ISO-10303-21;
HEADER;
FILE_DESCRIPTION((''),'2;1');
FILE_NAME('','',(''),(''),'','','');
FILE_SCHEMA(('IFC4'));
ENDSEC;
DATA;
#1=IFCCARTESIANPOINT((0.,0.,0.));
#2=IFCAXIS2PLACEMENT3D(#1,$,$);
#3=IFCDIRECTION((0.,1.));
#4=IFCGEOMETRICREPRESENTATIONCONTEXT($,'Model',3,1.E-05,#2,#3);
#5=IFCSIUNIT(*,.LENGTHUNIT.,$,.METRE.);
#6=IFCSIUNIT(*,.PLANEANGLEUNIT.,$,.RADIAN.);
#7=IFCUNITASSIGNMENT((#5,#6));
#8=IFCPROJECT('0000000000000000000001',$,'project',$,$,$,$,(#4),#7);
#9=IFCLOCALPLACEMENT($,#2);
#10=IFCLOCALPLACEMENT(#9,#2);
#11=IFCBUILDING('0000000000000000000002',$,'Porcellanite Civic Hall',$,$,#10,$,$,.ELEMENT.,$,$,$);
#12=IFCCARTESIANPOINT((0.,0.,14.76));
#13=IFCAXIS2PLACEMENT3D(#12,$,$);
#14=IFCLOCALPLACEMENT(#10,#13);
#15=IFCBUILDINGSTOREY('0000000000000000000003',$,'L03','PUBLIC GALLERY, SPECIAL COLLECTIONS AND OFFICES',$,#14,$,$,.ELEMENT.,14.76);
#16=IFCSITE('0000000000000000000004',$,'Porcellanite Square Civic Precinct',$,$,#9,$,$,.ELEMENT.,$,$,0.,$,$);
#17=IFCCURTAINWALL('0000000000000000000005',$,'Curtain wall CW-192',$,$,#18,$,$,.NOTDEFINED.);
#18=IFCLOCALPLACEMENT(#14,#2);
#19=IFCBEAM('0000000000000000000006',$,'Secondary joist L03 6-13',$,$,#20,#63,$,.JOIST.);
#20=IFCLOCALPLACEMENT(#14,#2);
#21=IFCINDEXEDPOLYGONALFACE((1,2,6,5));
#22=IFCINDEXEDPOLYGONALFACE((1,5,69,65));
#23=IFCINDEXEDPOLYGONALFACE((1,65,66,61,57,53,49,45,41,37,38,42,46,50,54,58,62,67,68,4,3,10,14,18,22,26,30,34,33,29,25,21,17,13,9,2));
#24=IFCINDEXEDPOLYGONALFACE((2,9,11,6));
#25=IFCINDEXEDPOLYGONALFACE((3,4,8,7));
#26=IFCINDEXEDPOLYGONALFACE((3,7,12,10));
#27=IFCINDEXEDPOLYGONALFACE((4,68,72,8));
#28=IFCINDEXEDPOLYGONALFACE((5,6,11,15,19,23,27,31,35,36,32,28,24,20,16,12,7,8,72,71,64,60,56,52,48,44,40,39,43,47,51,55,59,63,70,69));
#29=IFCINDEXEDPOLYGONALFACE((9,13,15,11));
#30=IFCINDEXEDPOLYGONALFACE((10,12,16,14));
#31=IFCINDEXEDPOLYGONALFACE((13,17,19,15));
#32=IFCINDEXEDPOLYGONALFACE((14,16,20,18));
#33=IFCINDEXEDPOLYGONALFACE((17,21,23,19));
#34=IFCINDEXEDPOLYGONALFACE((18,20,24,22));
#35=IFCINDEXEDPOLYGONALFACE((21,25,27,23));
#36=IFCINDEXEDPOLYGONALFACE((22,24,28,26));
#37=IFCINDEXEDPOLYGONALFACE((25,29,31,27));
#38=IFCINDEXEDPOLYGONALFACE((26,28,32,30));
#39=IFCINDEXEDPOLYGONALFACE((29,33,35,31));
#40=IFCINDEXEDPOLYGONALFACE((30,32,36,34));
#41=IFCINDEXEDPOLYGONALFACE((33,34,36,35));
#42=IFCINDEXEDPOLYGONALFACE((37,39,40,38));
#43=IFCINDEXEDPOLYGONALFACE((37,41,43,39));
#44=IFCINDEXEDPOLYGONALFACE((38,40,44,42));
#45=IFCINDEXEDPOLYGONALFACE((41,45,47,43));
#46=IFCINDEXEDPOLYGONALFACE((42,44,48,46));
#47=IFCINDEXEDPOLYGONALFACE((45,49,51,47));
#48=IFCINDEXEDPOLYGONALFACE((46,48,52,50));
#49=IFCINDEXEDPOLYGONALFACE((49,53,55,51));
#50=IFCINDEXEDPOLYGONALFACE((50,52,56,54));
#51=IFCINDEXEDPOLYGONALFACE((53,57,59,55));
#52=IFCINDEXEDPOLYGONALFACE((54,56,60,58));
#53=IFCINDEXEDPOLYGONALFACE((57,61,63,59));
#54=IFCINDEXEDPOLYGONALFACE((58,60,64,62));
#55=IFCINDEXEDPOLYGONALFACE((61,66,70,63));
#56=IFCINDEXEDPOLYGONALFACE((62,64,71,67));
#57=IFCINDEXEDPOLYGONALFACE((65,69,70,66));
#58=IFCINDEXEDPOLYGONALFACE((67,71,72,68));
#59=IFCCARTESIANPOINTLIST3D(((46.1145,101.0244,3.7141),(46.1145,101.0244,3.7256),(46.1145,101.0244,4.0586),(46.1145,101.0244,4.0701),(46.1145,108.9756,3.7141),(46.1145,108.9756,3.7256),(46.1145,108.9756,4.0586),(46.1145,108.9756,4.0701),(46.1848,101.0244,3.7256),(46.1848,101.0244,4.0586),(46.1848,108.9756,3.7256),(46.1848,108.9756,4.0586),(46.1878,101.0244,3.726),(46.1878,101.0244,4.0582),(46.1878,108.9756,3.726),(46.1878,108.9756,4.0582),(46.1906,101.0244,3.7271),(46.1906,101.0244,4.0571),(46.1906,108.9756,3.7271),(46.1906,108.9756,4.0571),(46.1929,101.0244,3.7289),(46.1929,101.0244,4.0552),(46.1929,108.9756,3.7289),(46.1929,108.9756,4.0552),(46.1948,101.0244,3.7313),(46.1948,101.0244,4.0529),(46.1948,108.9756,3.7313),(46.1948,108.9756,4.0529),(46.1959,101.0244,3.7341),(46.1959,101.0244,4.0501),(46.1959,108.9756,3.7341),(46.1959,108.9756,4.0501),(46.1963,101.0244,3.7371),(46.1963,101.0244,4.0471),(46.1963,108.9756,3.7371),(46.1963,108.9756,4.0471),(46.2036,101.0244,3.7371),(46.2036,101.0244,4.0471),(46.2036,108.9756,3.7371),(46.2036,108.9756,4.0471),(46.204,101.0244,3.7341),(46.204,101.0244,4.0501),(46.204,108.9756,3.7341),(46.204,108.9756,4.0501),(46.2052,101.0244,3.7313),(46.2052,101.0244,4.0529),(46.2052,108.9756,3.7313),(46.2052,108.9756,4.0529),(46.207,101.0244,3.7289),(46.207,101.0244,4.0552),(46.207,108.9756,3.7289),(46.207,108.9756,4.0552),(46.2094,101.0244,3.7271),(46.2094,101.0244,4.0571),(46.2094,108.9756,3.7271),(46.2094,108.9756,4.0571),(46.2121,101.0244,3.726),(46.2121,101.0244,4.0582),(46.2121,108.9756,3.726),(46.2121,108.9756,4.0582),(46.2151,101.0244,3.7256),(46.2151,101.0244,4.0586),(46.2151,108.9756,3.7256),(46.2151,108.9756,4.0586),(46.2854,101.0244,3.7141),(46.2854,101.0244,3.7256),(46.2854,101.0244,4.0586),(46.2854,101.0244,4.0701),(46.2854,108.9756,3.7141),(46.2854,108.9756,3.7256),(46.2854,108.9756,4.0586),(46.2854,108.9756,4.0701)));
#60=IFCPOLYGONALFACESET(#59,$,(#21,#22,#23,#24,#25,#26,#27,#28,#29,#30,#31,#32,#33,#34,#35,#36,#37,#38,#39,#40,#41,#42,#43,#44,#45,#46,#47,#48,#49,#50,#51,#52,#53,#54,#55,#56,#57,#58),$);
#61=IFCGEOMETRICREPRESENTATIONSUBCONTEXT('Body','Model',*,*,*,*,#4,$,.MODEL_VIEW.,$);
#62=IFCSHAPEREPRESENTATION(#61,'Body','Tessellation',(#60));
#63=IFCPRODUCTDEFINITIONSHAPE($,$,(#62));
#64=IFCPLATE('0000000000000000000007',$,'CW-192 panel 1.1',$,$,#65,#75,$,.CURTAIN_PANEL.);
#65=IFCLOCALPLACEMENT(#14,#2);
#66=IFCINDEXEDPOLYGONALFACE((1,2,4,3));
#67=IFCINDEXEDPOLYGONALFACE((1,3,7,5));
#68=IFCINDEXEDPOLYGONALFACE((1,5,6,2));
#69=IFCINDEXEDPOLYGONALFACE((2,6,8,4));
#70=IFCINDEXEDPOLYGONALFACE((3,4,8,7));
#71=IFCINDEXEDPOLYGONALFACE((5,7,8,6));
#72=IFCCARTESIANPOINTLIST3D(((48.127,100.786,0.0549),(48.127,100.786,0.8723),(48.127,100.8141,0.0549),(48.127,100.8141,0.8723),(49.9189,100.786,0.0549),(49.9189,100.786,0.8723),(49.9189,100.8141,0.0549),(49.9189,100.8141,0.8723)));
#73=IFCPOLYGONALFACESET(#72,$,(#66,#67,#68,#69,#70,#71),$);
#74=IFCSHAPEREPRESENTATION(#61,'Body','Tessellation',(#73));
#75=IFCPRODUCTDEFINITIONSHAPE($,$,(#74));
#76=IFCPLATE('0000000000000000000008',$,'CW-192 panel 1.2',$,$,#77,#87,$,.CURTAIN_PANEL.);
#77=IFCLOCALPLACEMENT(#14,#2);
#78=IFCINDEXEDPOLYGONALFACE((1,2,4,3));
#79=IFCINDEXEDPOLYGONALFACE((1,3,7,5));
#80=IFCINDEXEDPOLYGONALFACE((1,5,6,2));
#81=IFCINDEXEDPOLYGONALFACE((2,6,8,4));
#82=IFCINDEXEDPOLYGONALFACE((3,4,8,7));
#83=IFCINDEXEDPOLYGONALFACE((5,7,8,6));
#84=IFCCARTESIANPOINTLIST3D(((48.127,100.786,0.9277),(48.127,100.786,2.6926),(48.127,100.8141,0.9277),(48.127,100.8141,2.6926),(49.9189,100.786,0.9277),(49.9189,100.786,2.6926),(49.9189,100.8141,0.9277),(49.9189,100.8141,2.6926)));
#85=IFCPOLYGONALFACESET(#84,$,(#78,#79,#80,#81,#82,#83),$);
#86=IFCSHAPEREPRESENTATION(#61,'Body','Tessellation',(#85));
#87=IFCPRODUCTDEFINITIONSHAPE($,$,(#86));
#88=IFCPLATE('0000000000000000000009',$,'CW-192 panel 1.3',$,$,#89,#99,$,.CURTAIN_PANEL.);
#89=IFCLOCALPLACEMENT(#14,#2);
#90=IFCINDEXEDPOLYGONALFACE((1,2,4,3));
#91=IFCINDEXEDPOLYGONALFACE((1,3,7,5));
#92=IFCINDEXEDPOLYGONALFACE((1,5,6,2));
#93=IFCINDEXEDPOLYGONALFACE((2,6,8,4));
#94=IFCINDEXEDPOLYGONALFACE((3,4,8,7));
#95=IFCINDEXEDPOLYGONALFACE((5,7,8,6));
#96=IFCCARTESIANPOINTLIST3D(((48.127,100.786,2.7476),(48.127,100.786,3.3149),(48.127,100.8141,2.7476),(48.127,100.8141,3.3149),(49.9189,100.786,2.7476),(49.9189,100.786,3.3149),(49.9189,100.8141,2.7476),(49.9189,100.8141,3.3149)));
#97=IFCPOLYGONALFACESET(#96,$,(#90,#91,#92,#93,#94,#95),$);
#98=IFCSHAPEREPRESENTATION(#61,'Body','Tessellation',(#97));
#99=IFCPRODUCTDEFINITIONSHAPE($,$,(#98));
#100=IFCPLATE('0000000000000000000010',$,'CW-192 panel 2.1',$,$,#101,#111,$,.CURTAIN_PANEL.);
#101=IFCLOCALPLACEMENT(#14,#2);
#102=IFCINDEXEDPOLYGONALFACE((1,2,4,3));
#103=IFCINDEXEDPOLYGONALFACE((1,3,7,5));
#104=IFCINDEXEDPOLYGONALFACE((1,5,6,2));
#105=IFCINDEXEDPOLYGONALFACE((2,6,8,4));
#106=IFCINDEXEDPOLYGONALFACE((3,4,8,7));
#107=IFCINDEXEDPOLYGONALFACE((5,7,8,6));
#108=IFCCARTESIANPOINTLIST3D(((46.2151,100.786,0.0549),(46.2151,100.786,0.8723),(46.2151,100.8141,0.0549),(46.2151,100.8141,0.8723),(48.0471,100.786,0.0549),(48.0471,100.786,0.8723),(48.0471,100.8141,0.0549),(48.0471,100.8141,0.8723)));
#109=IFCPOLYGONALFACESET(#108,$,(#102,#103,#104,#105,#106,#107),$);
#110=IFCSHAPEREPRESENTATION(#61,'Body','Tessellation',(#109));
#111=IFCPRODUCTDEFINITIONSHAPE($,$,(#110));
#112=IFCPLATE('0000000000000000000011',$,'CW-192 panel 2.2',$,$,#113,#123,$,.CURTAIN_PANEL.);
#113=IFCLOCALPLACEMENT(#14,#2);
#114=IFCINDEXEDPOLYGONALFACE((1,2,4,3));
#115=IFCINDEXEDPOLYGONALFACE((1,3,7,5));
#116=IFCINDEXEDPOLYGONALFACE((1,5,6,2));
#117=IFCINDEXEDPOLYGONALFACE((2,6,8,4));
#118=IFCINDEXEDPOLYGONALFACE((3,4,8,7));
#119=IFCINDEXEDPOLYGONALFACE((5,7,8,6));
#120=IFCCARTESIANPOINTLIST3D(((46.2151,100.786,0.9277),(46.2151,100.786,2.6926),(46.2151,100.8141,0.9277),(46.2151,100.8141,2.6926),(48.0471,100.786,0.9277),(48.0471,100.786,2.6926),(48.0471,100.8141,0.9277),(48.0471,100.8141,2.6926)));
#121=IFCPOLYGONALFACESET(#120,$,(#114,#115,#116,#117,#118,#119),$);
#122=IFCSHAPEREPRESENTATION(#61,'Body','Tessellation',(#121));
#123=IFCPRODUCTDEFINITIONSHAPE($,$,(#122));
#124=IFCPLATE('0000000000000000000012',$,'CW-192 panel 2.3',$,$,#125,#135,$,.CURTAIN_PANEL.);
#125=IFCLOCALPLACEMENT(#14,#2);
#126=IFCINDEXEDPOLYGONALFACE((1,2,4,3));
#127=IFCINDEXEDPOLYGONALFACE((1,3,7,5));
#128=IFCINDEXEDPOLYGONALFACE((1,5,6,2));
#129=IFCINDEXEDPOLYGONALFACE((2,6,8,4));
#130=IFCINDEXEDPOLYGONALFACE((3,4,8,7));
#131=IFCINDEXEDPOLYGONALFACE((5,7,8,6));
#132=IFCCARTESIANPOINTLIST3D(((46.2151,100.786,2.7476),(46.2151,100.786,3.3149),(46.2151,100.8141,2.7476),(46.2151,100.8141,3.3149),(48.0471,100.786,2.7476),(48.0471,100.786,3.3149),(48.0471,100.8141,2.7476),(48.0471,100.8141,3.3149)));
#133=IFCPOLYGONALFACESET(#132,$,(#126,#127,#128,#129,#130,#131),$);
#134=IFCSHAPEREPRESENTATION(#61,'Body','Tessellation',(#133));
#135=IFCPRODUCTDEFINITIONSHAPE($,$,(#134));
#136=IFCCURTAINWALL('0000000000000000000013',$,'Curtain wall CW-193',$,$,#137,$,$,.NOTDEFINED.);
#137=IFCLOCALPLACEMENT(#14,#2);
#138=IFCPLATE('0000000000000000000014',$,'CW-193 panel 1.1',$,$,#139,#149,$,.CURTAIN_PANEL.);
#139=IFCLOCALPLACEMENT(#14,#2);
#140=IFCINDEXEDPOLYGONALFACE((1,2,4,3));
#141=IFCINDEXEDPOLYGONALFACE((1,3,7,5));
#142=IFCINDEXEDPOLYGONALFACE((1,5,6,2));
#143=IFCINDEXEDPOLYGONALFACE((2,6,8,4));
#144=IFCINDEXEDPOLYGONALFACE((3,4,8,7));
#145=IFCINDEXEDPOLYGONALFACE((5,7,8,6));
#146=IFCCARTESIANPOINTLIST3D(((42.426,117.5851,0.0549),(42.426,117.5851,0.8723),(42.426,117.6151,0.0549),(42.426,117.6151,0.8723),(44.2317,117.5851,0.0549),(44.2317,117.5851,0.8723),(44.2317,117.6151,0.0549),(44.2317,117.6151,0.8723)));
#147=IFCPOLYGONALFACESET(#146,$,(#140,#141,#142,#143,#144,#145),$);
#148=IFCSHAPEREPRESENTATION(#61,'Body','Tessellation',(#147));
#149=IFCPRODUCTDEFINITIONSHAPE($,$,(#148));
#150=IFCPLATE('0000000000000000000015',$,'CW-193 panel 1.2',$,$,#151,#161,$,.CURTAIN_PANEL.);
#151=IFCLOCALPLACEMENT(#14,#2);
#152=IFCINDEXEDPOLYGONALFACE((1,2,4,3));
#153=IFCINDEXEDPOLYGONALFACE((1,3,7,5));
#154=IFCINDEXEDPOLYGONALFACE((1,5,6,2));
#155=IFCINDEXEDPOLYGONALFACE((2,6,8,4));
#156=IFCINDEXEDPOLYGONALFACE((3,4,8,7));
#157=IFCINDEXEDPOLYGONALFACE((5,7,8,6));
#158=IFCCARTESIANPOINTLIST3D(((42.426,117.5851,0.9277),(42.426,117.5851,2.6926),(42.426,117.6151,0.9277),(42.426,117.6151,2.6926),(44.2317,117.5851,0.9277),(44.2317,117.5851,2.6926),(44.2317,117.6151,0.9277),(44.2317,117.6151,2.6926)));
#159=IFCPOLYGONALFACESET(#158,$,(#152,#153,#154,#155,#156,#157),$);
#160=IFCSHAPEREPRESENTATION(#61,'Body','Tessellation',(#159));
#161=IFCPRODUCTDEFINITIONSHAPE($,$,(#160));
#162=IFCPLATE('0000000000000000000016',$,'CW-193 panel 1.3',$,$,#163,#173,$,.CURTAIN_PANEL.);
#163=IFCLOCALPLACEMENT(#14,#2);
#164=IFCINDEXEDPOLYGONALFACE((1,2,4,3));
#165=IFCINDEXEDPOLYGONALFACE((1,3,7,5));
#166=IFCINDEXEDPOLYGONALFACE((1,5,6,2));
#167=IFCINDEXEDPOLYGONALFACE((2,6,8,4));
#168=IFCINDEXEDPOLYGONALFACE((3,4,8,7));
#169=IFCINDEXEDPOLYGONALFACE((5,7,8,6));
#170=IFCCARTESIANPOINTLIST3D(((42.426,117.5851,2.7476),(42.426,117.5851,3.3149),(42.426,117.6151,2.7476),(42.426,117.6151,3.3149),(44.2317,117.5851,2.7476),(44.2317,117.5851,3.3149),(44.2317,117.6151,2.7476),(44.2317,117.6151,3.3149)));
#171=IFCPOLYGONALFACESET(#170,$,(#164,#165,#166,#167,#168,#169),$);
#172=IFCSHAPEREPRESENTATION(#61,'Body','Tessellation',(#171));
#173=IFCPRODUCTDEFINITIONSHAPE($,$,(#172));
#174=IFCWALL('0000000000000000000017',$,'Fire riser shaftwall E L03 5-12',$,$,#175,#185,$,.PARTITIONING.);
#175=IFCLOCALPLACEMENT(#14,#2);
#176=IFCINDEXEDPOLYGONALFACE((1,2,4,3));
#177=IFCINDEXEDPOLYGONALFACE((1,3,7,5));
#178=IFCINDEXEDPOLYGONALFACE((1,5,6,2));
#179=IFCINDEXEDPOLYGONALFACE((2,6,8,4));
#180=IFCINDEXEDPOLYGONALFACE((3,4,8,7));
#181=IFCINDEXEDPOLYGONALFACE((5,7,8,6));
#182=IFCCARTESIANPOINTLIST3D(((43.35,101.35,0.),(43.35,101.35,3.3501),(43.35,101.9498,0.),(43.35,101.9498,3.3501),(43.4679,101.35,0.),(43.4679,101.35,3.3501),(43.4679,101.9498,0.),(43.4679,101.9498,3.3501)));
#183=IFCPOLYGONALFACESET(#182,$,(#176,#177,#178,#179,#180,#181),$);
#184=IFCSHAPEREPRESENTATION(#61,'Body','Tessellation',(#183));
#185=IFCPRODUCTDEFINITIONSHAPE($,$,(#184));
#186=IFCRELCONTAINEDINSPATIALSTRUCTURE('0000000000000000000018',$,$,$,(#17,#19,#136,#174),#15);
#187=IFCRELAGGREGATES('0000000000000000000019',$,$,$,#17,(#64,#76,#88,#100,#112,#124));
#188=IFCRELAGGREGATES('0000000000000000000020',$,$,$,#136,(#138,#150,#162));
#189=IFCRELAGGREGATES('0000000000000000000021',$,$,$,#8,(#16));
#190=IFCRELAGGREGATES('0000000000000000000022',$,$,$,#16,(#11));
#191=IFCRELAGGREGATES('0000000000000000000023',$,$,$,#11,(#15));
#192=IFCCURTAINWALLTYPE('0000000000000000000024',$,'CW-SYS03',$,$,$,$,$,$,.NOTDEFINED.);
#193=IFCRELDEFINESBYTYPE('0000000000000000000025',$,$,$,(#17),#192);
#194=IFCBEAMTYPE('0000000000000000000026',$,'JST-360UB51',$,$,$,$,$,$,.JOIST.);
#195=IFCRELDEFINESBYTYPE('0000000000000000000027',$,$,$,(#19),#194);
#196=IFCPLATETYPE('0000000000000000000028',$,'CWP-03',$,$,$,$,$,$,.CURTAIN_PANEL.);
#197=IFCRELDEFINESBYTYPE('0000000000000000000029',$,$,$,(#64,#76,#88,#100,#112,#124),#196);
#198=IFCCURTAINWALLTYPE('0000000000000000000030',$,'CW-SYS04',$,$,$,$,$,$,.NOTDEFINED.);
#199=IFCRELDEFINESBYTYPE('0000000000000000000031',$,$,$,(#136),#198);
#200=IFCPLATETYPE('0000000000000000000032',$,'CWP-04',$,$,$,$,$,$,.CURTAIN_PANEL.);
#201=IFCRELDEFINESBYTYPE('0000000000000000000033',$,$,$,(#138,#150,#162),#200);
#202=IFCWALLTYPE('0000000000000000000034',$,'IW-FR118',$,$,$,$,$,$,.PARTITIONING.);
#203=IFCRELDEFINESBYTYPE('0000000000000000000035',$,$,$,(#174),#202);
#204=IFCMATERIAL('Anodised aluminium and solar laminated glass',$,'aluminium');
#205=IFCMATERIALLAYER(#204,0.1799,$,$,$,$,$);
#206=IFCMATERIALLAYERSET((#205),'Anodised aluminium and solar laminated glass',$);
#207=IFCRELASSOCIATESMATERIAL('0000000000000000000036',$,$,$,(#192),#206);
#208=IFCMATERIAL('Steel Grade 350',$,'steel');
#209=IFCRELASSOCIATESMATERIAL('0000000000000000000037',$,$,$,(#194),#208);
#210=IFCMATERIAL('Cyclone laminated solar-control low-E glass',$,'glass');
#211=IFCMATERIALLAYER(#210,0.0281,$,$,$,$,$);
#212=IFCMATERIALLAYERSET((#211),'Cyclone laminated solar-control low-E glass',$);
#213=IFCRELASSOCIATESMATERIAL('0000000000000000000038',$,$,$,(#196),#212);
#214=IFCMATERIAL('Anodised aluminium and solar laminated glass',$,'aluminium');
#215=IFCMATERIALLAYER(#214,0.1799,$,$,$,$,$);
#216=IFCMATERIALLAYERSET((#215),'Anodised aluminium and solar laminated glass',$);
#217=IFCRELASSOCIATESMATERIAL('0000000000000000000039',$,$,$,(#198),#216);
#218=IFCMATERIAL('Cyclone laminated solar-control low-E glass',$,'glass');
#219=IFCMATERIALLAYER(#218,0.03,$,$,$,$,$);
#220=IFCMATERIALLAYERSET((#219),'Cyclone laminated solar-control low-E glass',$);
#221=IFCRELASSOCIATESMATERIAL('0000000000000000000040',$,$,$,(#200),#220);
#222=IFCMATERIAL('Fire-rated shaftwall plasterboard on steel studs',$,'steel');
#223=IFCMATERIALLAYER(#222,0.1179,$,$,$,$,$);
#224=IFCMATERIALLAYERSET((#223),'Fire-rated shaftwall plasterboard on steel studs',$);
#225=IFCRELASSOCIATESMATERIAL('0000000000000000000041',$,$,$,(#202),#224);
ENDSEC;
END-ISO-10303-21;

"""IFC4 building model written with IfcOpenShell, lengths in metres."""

from ifc_helpers import new_model, si_unit, direction, frame, frame_2d, origin, origin_2d, place, context, subcontext, project, spatial, rectangle, i_section, extrude, material, layer, layer_set, material_profile, profile_set, type_object, element, aggregate, save


model = new_model("IFC4")

# Units and contexts
model_context = context("Model", 3, precision=1e-05, world=origin(), true_north=direction((0.0, 1.0)))
body_context = subcontext(model_context, "Body", "Model", "MODEL_VIEW")
ifc_project = project(units=[si_unit("LENGTHUNIT", "METRE"), si_unit("PLANEANGLEUNIT", "RADIAN")], contexts=[model_context])

# Site, building, storey
site_placement = place(None, origin())
site = spatial("IfcSite", under=ifc_project, at=site_placement, Name="Porcellanite Square Civic Precinct", CompositionType="ELEMENT", RefElevation=0.0)
building_placement = place(site_placement, origin())
building = spatial("IfcBuilding", under=site, at=building_placement, Name="Porcellanite Civic Hall", CompositionType="ELEMENT")
storey_placement = place(building_placement, frame((0.0, 0.0, 14.76)))
storey = spatial("IfcBuildingStorey", under=building, at=storey_placement, Name="L03", Description="PUBLIC GALLERY, SPECIAL COLLECTIONS AND OFFICES", CompositionType="ELEMENT", Elevation=14.76)

# Curtain wall
ifc_material_1 = material(Name="Anodised aluminium and solar laminated glass", Category="aluminium")
ifc_layer_1 = layer(ifc_material_1, 0.1799)
ifc_layer_set_1 = layer_set([ifc_layer_1], Name="Anodised aluminium and solar laminated glass")
curtain_wall_type_1 = type_object("IfcCurtainWallType", Name="CW-SYS03", PredefinedType="NOTDEFINED", material=ifc_layer_set_1)
curtain_wall_1_placement = place(storey_placement, origin())
curtain_wall_1 = element("IfcCurtainWall", 1, at=curtain_wall_1_placement, inside=storey, type_object=curtain_wall_type_1, Name="Curtain wall CW-192", PredefinedType="NOTDEFINED")

# Beam
ifc_material_2 = material(Name="Steel Grade 350", Category="steel")
ifc_material_profile_1 = material_profile(ifc_material_2, i_section(OverallWidth=0.1709, OverallDepth=0.356, WebThickness=0.0073, FlangeThickness=0.0115, FilletRadius=0.0115, at=origin_2d()), Name="360UB50.7")
ifc_profile_set_1 = profile_set([ifc_material_profile_1], Name="Steel Grade 350")
beam_type_1 = type_object("IfcBeamType", Name="JST-360UB51", PredefinedType="JOIST", material=ifc_profile_set_1)
beam_1_placement = place(storey_placement, frame((46.2, 101.0244, 3.8921), z_axis=(0.0, 1.0, 0.0), x_axis=(-1.0, 0.0, 0.0)))
element("IfcBeam", 2, at=beam_1_placement, inside=storey, type_object=beam_type_1, Name="Secondary joist L03 6-13", PredefinedType="JOIST", context=body_context, shape_type="SweptSolid", body=[
    extrude(i_section(OverallWidth=0.1709, OverallDepth=0.356, WebThickness=0.0073, FlangeThickness=0.0115, FilletRadius=0.0115, at=origin_2d()), origin(), (0.0, 0.0, 1.0), 7.9512),
])

# Plates
ifc_material_3 = material(Name="Cyclone laminated solar-control low-E glass", Category="glass")
ifc_layer_2 = layer(ifc_material_3, 0.0281)
ifc_layer_set_2 = layer_set([ifc_layer_2], Name="Cyclone laminated solar-control low-E glass")
plate_type_1 = type_object("IfcPlateType", Name="CWP-03", PredefinedType="CURTAIN_PANEL", material=ifc_layer_set_2)
plate_1_placement = place(storey_placement, frame((49.0229, 100.8, 0.0549), z_axis=(0.0, 0.0, 1.0), x_axis=(-1.0, 0.0, 0.0)))
plate_1 = element("IfcPlate", 3, at=plate_1_placement, type_object=plate_type_1, Name="CW-192 panel 1.1", PredefinedType="CURTAIN_PANEL", context=body_context, shape_type="SweptSolid", body=[
    extrude(rectangle(XDim=1.792, YDim=0.0281, at=origin_2d()), origin(), (0.0, 0.0, 1.0), 0.8174),
])
plate_2_placement = place(storey_placement, frame((49.0229, 100.8, 0.9277), z_axis=(0.0, 0.0, 1.0), x_axis=(-1.0, 0.0, 0.0)))
plate_2 = element("IfcPlate", 4, at=plate_2_placement, type_object=plate_type_1, Name="CW-192 panel 1.2", PredefinedType="CURTAIN_PANEL", context=body_context, shape_type="SweptSolid", body=[
    extrude(rectangle(XDim=1.792, YDim=0.0281, at=origin_2d()), origin(), (0.0, 0.0, 1.0), 1.7649),
])
plate_3_placement = place(storey_placement, frame((49.0229, 100.8, 2.7476), z_axis=(0.0, 0.0, 1.0), x_axis=(-1.0, 0.0, 0.0)))
plate_3 = element("IfcPlate", 5, at=plate_3_placement, type_object=plate_type_1, Name="CW-192 panel 1.3", PredefinedType="CURTAIN_PANEL", context=body_context, shape_type="SweptSolid", body=[
    extrude(rectangle(XDim=1.792, YDim=0.0281, at=origin_2d()), origin(), (0.0, 0.0, 1.0), 0.5674),
])
plate_4_placement = place(storey_placement, frame((47.1311, 100.8, 0.0549), z_axis=(0.0, 0.0, 1.0), x_axis=(-1.0, 0.0, 0.0)))
plate_4 = element("IfcPlate", 6, at=plate_4_placement, type_object=plate_type_1, Name="CW-192 panel 2.1", PredefinedType="CURTAIN_PANEL", context=body_context, shape_type="SweptSolid", body=[
    extrude(rectangle(XDim=1.832, YDim=0.0281, at=origin_2d()), origin(), (0.0, 0.0, 1.0), 0.8174),
])
plate_5_placement = place(storey_placement, frame((47.1311, 100.8, 0.9277), z_axis=(0.0, 0.0, 1.0), x_axis=(-1.0, 0.0, 0.0)))
plate_5 = element("IfcPlate", 7, at=plate_5_placement, type_object=plate_type_1, Name="CW-192 panel 2.2", PredefinedType="CURTAIN_PANEL", context=body_context, shape_type="SweptSolid", body=[
    extrude(rectangle(XDim=1.832, YDim=0.0281, at=origin_2d()), origin(), (0.0, 0.0, 1.0), 1.7649),
])
plate_6_placement = place(storey_placement, frame((47.1311, 100.8, 2.7476), z_axis=(0.0, 0.0, 1.0), x_axis=(-1.0, 0.0, 0.0)))
plate_6 = element("IfcPlate", 8, at=plate_6_placement, type_object=plate_type_1, Name="CW-192 panel 2.3", PredefinedType="CURTAIN_PANEL", context=body_context, shape_type="SweptSolid", body=[
    extrude(rectangle(XDim=1.832, YDim=0.0281, at=origin_2d()), origin(), (0.0, 0.0, 1.0), 0.5674),
])
aggregate(curtain_wall_1, [plate_1, plate_2, plate_3, plate_4, plate_5, plate_6])

# Curtain wall, plates
ifc_material_4 = material(Name="Anodised aluminium and solar laminated glass", Category="aluminium")
ifc_layer_3 = layer(ifc_material_4, 0.1799)
ifc_layer_set_3 = layer_set([ifc_layer_3], Name="Anodised aluminium and solar laminated glass")
curtain_wall_type_2 = type_object("IfcCurtainWallType", Name="CW-SYS04", PredefinedType="NOTDEFINED", material=ifc_layer_set_3)
curtain_wall_2_placement = place(storey_placement, origin())
curtain_wall_2 = element("IfcCurtainWall", 9, at=curtain_wall_2_placement, inside=storey, type_object=curtain_wall_type_2, Name="Curtain wall CW-193", PredefinedType="NOTDEFINED")
ifc_material_5 = material(Name="Cyclone laminated solar-control low-E glass", Category="glass")
ifc_layer_4 = layer(ifc_material_5, 0.03)
ifc_layer_set_4 = layer_set([ifc_layer_4], Name="Cyclone laminated solar-control low-E glass")
plate_type_2 = type_object("IfcPlateType", Name="CWP-04", PredefinedType="CURTAIN_PANEL", material=ifc_layer_set_4)
plate_7_placement = place(storey_placement, frame((43.3289, 117.6001, 0.0549), z_axis=(0.0, 0.0, 1.0), x_axis=(1.0, 0.0, 0.0)))
plate_7 = element("IfcPlate", 10, at=plate_7_placement, type_object=plate_type_2, Name="CW-193 panel 1.1", PredefinedType="CURTAIN_PANEL", context=body_context, shape_type="SweptSolid", body=[
    extrude(rectangle(XDim=1.8057, YDim=0.03, at=origin_2d()), origin(), (0.0, 0.0, 1.0), 0.8174),
])
plate_8_placement = place(storey_placement, frame((43.3289, 117.6001, 0.9277), z_axis=(0.0, 0.0, 1.0), x_axis=(1.0, 0.0, 0.0)))
plate_8 = element("IfcPlate", 11, at=plate_8_placement, type_object=plate_type_2, Name="CW-193 panel 1.2", PredefinedType="CURTAIN_PANEL", context=body_context, shape_type="SweptSolid", body=[
    extrude(rectangle(XDim=1.8057, YDim=0.03, at=origin_2d()), origin(), (0.0, 0.0, 1.0), 1.7649),
])
plate_9_placement = place(storey_placement, frame((43.3289, 117.6001, 2.7476), z_axis=(0.0, 0.0, 1.0), x_axis=(1.0, 0.0, 0.0)))
plate_9 = element("IfcPlate", 12, at=plate_9_placement, type_object=plate_type_2, Name="CW-193 panel 1.3", PredefinedType="CURTAIN_PANEL", context=body_context, shape_type="SweptSolid", body=[
    extrude(rectangle(XDim=1.8057, YDim=0.03, at=origin_2d()), origin(), (0.0, 0.0, 1.0), 0.5674),
])
aggregate(curtain_wall_2, [plate_7, plate_8, plate_9])

# Wall
ifc_material_6 = material(Name="Fire-rated shaftwall plasterboard on steel studs", Category="steel")
ifc_layer_5 = layer(ifc_material_6, 0.1179)
ifc_layer_set_5 = layer_set([ifc_layer_5], Name="Fire-rated shaftwall plasterboard on steel studs")
wall_type = type_object("IfcWallType", Name="IW-FR118", PredefinedType="PARTITIONING", material=ifc_layer_set_5)
wall_placement = place(storey_placement, frame((43.4089, 101.3501, 0.0), z_axis=(0.0, 0.0, 1.0), x_axis=(0.0, 1.0, 0.0)))
element("IfcWall", 13, at=wall_placement, inside=storey, type_object=wall_type, Name="Fire riser shaftwall E L03 5-12", PredefinedType="PARTITIONING", context=body_context, shape_type="SweptSolid", body=[
    extrude(rectangle(XDim=0.5999, YDim=0.1179, at=frame_2d((0.2998, 0.0))), origin(), (0.0, 0.0, 1.0), 3.3501),
])

save(model, "model.ifc")
